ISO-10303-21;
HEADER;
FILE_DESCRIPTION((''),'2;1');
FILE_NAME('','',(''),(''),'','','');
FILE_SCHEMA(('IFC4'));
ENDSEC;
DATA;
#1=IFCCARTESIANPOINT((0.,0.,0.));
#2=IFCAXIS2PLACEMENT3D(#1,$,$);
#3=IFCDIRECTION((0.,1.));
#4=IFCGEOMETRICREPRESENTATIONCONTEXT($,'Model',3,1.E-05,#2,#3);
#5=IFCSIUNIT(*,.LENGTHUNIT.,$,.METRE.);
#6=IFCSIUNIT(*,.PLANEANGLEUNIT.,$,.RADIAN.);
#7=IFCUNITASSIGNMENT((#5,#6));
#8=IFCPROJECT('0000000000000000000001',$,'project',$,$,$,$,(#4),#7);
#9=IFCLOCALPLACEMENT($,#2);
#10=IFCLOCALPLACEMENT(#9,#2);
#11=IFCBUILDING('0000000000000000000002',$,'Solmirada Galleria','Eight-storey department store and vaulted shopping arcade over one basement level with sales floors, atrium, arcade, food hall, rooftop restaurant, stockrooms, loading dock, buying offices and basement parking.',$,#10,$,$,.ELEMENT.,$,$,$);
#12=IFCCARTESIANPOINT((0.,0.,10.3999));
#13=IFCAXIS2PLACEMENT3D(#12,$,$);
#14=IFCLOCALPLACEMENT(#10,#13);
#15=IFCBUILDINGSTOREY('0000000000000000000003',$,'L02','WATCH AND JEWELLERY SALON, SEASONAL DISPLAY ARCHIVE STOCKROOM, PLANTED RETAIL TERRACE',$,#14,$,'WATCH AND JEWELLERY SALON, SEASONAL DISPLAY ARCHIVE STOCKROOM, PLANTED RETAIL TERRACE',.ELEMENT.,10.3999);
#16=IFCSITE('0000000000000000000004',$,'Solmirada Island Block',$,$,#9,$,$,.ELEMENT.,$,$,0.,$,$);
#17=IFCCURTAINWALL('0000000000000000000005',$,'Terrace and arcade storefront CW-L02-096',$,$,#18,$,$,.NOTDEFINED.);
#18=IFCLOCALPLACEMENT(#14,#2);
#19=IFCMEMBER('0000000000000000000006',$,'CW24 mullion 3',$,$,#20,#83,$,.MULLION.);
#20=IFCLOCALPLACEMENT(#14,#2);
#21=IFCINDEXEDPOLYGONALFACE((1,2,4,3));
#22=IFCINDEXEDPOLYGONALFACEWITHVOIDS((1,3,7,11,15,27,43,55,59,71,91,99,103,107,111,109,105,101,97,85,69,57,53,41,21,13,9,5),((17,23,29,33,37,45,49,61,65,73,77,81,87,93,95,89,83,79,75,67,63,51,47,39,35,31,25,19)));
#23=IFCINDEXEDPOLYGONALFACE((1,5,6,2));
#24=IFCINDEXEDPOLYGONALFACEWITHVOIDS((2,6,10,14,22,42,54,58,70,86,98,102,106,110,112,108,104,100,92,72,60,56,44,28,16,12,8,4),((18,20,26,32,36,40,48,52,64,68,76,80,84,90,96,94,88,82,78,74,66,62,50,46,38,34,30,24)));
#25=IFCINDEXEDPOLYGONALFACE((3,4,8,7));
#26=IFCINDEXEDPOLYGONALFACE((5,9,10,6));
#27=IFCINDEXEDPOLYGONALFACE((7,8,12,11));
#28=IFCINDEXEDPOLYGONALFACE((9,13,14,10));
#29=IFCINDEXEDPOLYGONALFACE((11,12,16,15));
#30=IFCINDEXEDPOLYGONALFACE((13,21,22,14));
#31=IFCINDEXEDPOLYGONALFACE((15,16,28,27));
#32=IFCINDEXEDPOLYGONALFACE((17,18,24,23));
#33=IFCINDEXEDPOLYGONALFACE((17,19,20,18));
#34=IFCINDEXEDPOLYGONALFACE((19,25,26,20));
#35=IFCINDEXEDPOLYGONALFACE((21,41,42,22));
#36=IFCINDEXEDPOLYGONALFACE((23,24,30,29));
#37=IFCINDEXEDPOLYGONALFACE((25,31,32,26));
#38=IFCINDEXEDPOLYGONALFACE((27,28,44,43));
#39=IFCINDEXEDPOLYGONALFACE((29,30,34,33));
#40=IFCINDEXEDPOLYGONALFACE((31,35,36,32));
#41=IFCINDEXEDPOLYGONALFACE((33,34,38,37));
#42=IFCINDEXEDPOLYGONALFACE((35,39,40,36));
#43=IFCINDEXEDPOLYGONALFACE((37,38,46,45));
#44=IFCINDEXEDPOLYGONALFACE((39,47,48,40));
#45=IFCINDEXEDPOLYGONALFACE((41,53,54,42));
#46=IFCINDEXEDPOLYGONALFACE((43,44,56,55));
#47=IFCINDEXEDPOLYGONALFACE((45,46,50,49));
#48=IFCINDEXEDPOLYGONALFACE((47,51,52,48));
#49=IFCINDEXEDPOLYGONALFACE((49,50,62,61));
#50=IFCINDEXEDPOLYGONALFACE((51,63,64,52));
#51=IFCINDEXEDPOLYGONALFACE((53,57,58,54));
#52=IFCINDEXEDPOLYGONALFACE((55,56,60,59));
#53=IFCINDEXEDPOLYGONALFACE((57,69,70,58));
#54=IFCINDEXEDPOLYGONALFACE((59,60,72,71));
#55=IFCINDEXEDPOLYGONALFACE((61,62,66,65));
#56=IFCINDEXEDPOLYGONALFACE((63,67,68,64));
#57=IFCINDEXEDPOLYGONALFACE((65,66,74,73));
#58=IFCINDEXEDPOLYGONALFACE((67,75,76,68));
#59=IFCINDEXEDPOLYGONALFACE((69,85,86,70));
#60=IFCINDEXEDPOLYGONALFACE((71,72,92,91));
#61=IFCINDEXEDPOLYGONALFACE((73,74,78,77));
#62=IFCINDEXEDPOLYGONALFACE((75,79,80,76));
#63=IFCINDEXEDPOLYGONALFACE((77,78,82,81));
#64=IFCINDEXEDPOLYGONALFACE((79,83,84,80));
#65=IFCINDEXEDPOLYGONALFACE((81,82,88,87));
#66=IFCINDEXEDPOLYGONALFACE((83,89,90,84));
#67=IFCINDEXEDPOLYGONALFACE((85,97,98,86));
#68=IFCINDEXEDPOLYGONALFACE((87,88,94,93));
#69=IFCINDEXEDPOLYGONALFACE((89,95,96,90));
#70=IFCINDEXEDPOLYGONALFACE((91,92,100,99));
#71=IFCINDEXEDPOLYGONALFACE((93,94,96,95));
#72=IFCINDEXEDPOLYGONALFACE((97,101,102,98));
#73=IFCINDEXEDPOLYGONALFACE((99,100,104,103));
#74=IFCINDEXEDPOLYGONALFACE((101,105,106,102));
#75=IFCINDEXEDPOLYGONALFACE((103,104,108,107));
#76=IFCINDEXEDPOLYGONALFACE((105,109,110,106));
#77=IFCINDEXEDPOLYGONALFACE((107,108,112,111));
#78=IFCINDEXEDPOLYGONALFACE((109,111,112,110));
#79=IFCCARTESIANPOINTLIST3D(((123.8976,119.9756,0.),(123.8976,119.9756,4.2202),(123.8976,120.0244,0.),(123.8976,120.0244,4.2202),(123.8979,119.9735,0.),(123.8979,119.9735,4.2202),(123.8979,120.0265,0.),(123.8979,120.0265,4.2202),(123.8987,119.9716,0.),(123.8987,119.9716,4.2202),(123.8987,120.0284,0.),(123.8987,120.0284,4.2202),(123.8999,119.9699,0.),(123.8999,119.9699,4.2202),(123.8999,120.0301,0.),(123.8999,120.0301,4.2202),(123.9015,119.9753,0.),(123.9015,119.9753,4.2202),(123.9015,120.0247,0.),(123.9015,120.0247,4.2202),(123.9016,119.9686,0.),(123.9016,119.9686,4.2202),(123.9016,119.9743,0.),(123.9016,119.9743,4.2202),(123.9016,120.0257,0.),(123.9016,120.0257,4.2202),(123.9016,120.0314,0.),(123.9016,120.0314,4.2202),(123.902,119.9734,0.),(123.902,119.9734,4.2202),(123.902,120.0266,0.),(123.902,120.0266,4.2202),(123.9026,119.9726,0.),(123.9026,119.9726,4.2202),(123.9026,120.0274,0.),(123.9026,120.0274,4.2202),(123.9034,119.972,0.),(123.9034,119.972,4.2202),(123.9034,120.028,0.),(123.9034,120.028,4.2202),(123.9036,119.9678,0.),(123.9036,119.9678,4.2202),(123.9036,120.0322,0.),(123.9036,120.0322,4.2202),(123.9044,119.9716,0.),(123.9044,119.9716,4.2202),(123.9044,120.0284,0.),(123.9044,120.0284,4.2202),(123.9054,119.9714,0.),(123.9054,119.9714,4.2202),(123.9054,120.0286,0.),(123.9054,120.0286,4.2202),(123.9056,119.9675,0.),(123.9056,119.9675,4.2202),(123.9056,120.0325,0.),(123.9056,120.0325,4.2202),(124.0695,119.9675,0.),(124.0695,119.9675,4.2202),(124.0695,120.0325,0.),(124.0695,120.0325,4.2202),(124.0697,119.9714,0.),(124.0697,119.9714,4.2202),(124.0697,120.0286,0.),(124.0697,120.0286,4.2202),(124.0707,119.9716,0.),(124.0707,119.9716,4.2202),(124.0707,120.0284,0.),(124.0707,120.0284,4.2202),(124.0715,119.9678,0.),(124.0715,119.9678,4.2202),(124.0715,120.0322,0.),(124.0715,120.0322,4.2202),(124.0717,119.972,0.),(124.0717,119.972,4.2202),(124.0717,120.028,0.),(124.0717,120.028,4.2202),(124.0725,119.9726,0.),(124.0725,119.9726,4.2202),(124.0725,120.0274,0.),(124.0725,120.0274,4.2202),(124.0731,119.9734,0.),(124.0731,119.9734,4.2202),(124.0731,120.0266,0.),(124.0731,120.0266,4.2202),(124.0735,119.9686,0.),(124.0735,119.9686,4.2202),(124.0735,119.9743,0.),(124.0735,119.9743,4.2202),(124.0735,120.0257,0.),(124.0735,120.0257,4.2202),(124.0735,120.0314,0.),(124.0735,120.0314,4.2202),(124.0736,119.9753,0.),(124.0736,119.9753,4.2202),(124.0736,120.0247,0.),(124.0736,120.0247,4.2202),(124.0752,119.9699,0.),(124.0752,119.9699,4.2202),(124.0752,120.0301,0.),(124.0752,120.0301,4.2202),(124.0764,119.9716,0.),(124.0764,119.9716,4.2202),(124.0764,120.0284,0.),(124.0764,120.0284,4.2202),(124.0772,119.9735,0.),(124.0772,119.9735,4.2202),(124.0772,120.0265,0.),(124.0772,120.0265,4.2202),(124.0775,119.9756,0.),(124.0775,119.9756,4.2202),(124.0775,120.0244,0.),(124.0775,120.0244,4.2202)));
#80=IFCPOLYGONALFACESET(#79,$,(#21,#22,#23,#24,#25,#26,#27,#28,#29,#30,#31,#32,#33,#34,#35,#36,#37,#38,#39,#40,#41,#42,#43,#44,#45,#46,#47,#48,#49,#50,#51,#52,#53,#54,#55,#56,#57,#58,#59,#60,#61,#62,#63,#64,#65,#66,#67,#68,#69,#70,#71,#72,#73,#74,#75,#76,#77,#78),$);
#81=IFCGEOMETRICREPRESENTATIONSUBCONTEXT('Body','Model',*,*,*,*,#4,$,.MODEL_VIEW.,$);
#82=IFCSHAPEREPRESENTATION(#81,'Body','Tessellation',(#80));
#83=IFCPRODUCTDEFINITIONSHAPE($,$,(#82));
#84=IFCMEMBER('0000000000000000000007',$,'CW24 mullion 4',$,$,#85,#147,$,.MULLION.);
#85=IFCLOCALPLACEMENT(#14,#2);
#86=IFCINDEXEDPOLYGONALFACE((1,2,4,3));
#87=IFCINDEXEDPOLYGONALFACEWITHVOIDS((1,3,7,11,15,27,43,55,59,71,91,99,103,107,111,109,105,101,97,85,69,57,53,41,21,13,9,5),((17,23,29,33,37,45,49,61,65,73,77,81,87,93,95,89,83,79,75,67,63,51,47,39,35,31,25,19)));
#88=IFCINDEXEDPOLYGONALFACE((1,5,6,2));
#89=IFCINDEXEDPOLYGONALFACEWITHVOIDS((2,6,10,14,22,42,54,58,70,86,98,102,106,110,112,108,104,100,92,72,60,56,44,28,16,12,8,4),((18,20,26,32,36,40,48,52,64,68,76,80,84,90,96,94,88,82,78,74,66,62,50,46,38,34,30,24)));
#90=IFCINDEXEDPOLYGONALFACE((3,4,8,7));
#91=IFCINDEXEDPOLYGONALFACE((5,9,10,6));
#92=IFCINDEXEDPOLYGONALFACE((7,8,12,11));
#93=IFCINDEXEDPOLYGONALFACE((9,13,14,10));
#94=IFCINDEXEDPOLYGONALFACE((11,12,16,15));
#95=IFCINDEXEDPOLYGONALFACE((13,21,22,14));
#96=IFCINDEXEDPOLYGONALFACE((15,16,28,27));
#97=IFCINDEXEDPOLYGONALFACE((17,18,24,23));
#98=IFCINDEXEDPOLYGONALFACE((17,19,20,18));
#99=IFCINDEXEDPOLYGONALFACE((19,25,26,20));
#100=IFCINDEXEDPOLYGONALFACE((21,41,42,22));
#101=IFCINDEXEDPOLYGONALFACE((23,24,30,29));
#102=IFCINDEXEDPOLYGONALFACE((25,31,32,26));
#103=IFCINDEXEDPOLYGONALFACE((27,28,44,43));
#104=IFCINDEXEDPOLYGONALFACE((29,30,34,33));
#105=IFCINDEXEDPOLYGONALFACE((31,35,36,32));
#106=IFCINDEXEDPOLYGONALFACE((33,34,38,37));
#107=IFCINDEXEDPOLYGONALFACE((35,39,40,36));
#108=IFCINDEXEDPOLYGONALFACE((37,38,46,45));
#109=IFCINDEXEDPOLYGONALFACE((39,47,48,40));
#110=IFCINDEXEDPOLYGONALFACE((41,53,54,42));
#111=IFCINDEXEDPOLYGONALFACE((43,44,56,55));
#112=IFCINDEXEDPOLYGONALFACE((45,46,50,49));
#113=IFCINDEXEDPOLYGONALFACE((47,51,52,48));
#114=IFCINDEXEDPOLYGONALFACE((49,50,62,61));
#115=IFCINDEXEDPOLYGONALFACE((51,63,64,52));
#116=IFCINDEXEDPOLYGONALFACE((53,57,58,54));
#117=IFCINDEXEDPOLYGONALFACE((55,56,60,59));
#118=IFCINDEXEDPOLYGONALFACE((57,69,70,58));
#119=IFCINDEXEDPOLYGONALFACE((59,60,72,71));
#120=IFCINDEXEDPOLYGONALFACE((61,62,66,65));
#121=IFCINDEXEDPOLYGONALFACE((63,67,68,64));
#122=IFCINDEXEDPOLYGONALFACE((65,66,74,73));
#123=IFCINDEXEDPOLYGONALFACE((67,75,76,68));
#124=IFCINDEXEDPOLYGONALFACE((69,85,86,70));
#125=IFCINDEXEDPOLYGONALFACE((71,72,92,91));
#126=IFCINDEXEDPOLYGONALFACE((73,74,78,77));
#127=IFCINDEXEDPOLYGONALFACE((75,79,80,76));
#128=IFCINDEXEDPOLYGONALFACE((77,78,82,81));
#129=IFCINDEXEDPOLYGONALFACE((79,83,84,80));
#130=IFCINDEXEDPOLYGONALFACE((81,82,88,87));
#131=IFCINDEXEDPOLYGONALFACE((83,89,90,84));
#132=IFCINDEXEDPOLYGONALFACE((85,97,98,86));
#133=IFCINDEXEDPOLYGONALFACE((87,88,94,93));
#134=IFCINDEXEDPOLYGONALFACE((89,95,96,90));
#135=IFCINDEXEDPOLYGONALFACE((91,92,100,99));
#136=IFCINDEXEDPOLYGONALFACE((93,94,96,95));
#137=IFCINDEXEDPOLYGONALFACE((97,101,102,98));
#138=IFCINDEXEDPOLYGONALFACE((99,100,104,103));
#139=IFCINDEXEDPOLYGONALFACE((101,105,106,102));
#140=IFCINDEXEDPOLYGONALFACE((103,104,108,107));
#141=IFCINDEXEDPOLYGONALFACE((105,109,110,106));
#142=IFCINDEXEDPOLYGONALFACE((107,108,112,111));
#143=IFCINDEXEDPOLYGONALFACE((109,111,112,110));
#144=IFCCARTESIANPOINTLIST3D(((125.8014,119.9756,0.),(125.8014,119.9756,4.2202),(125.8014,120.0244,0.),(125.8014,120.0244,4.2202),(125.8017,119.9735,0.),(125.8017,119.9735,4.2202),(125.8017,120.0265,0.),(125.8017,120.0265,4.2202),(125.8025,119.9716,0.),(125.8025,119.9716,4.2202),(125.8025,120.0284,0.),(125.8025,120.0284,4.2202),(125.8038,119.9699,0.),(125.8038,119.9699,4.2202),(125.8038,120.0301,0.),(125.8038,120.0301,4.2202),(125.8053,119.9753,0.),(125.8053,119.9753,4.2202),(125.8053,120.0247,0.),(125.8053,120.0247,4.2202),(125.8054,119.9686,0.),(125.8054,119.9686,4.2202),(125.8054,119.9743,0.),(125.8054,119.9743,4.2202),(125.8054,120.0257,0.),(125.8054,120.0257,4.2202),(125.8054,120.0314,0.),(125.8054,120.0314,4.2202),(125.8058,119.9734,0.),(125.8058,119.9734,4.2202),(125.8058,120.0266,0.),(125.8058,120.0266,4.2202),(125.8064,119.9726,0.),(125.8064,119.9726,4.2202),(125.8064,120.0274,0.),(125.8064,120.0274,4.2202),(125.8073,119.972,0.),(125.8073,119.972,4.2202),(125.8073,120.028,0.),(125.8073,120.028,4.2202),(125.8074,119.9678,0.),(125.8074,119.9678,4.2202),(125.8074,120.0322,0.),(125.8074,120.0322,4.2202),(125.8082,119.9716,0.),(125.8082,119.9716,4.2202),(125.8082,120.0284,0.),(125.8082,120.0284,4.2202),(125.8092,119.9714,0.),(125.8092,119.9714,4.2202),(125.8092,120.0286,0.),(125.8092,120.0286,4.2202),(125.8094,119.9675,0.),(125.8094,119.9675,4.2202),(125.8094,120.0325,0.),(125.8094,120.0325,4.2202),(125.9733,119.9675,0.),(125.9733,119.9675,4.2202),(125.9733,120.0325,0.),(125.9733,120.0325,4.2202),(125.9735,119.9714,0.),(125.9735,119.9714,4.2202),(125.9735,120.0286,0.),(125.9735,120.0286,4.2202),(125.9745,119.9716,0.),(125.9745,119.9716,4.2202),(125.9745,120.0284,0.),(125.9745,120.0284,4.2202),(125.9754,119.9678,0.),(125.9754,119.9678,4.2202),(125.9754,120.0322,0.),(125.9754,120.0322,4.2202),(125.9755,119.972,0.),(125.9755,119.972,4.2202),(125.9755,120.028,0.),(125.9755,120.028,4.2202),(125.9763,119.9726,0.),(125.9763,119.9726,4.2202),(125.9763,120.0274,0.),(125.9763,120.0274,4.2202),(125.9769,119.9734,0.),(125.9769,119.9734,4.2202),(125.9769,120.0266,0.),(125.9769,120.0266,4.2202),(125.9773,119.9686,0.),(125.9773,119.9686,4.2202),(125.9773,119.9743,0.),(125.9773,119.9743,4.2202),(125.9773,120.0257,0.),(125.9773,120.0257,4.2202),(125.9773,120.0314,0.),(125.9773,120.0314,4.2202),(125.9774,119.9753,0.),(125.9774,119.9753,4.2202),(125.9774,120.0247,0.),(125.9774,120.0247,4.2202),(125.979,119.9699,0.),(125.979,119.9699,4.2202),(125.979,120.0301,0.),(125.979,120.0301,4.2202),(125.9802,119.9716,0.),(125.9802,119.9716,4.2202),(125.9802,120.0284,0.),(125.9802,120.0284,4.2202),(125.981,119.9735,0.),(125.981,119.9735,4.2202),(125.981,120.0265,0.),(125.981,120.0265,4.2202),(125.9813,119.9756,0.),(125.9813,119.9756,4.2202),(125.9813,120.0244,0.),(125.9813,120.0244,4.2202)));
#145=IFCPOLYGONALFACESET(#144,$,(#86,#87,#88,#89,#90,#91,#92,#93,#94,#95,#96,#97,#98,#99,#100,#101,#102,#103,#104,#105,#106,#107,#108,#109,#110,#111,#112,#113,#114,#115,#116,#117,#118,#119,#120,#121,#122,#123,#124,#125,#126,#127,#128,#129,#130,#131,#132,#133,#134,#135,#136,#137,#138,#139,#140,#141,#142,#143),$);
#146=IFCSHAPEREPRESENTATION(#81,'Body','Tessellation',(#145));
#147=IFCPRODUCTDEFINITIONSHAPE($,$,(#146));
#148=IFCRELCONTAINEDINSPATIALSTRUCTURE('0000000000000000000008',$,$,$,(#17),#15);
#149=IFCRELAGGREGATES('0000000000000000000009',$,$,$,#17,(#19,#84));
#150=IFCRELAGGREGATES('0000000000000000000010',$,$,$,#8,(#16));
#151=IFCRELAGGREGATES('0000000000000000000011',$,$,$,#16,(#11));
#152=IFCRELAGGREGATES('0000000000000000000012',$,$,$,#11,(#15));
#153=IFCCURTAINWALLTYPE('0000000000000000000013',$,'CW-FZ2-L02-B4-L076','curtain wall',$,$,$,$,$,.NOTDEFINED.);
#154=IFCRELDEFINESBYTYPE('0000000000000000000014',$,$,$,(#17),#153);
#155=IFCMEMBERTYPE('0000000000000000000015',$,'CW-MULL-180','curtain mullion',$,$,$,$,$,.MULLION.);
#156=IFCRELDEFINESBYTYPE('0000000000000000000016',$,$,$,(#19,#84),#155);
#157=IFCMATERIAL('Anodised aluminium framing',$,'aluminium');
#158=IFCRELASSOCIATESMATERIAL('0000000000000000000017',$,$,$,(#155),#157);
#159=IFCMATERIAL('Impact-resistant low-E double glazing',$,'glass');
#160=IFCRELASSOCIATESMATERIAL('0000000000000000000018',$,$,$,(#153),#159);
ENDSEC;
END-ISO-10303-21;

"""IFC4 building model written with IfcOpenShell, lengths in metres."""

from ifc_helpers import new_model, si_unit, direction, frame, origin, origin_2d, place, context, subcontext, project, spatial, hollow_rectangle, extrude, material, material_profile, profile_set, type_object, element, aggregate, save


model = new_model("IFC4")

# Units and contexts
model_context = context("Model", 3, precision=1e-05, world=origin(), true_north=direction((0.0, 1.0)))
body_context = subcontext(model_context, "Body", "Model", "MODEL_VIEW")
ifc_project = project(units=[si_unit("LENGTHUNIT", "METRE"), si_unit("PLANEANGLEUNIT", "RADIAN")], contexts=[model_context])

# Site, building, storey
site_placement = place(None, origin())
site = spatial("IfcSite", under=ifc_project, at=site_placement, Name="Solmirada Island Block", CompositionType="ELEMENT", RefElevation=0.0)
building_placement = place(site_placement, origin())
building = spatial("IfcBuilding", under=site, at=building_placement, Name="Solmirada Galleria", Description="Eight-storey department store and vaulted shopping arcade over one basement level with sales floors, atrium, arcade, food hall, rooftop restaurant, stockrooms, loading dock, buying offices and basement parking.", CompositionType="ELEMENT")
storey_placement = place(building_placement, frame((0.0, 0.0, 10.3999)))
storey = spatial("IfcBuildingStorey", under=building, at=storey_placement, Name="L02", Description="WATCH AND JEWELLERY SALON, SEASONAL DISPLAY ARCHIVE STOCKROOM, PLANTED RETAIL TERRACE", LongName="WATCH AND JEWELLERY SALON, SEASONAL DISPLAY ARCHIVE STOCKROOM, PLANTED RETAIL TERRACE", CompositionType="ELEMENT", Elevation=10.3999)

# Shared definitions
ifc_material_1 = material(Name="Impact-resistant low-E double glazing", Category="glass")
ifc_material_2 = material(Name="Anodised aluminium framing", Category="aluminium")
ifc_material_profile_1 = material_profile(ifc_material_2, hollow_rectangle(XDim=0.0649, YDim=0.1799, WallThickness=0.0039, InnerFilletRadius=0.0039, OuterFilletRadius=0.0081, at=origin_2d()), Name="ALU-MULL-180X65")
ifc_profile_set_1 = profile_set([ifc_material_profile_1], Name="Anodised aluminium framing")
member_type_1 = type_object("IfcMemberType", Name="CW-MULL-180", Description="curtain mullion", PredefinedType="MULLION", material=ifc_profile_set_1)

# Curtain wall, members
curtain_wall_type_1 = type_object("IfcCurtainWallType", Name="CW-FZ2-L02-B4-L076", Description="curtain wall", PredefinedType="NOTDEFINED", material=ifc_material_1)
curtain_wall_1_placement = place(storey_placement, origin())
curtain_wall_1 = element("IfcCurtainWall", 1, at=curtain_wall_1_placement, inside=storey, type_object=curtain_wall_type_1, Name="Terrace and arcade storefront CW-L02-096", PredefinedType="NOTDEFINED")
member_1_placement = place(storey_placement, frame((123.9875, 120.0, 0.0), z_axis=(0.0, 0.0, 1.0), x_axis=(0.0, 1.0, 0.0)))
member_1 = element("IfcMember", 2, at=member_1_placement, type_object=member_type_1, Name="CW24 mullion 3", PredefinedType="MULLION", context=body_context, shape_type="SweptSolid", body=[
    extrude(hollow_rectangle(XDim=0.0649, YDim=0.1799, WallThickness=0.0039, InnerFilletRadius=0.0039, OuterFilletRadius=0.0081, at=origin_2d()), origin(), (0.0, 0.0, 1.0), 4.2202),
])
member_2_placement = place(storey_placement, frame((125.8914, 120.0, 0.0), z_axis=(0.0, 0.0, 1.0), x_axis=(0.0, 1.0, 0.0)))
member_2 = element("IfcMember", 3, at=member_2_placement, type_object=member_type_1, Name="CW24 mullion 4", PredefinedType="MULLION", context=body_context, shape_type="SweptSolid", body=[
    extrude(hollow_rectangle(XDim=0.0649, YDim=0.1799, WallThickness=0.0039, InnerFilletRadius=0.0039, OuterFilletRadius=0.0081, at=origin_2d()), origin(), (0.0, 0.0, 1.0), 4.2202),
])
aggregate(curtain_wall_1, [member_1, member_2])

save(model, "model.ifc")
